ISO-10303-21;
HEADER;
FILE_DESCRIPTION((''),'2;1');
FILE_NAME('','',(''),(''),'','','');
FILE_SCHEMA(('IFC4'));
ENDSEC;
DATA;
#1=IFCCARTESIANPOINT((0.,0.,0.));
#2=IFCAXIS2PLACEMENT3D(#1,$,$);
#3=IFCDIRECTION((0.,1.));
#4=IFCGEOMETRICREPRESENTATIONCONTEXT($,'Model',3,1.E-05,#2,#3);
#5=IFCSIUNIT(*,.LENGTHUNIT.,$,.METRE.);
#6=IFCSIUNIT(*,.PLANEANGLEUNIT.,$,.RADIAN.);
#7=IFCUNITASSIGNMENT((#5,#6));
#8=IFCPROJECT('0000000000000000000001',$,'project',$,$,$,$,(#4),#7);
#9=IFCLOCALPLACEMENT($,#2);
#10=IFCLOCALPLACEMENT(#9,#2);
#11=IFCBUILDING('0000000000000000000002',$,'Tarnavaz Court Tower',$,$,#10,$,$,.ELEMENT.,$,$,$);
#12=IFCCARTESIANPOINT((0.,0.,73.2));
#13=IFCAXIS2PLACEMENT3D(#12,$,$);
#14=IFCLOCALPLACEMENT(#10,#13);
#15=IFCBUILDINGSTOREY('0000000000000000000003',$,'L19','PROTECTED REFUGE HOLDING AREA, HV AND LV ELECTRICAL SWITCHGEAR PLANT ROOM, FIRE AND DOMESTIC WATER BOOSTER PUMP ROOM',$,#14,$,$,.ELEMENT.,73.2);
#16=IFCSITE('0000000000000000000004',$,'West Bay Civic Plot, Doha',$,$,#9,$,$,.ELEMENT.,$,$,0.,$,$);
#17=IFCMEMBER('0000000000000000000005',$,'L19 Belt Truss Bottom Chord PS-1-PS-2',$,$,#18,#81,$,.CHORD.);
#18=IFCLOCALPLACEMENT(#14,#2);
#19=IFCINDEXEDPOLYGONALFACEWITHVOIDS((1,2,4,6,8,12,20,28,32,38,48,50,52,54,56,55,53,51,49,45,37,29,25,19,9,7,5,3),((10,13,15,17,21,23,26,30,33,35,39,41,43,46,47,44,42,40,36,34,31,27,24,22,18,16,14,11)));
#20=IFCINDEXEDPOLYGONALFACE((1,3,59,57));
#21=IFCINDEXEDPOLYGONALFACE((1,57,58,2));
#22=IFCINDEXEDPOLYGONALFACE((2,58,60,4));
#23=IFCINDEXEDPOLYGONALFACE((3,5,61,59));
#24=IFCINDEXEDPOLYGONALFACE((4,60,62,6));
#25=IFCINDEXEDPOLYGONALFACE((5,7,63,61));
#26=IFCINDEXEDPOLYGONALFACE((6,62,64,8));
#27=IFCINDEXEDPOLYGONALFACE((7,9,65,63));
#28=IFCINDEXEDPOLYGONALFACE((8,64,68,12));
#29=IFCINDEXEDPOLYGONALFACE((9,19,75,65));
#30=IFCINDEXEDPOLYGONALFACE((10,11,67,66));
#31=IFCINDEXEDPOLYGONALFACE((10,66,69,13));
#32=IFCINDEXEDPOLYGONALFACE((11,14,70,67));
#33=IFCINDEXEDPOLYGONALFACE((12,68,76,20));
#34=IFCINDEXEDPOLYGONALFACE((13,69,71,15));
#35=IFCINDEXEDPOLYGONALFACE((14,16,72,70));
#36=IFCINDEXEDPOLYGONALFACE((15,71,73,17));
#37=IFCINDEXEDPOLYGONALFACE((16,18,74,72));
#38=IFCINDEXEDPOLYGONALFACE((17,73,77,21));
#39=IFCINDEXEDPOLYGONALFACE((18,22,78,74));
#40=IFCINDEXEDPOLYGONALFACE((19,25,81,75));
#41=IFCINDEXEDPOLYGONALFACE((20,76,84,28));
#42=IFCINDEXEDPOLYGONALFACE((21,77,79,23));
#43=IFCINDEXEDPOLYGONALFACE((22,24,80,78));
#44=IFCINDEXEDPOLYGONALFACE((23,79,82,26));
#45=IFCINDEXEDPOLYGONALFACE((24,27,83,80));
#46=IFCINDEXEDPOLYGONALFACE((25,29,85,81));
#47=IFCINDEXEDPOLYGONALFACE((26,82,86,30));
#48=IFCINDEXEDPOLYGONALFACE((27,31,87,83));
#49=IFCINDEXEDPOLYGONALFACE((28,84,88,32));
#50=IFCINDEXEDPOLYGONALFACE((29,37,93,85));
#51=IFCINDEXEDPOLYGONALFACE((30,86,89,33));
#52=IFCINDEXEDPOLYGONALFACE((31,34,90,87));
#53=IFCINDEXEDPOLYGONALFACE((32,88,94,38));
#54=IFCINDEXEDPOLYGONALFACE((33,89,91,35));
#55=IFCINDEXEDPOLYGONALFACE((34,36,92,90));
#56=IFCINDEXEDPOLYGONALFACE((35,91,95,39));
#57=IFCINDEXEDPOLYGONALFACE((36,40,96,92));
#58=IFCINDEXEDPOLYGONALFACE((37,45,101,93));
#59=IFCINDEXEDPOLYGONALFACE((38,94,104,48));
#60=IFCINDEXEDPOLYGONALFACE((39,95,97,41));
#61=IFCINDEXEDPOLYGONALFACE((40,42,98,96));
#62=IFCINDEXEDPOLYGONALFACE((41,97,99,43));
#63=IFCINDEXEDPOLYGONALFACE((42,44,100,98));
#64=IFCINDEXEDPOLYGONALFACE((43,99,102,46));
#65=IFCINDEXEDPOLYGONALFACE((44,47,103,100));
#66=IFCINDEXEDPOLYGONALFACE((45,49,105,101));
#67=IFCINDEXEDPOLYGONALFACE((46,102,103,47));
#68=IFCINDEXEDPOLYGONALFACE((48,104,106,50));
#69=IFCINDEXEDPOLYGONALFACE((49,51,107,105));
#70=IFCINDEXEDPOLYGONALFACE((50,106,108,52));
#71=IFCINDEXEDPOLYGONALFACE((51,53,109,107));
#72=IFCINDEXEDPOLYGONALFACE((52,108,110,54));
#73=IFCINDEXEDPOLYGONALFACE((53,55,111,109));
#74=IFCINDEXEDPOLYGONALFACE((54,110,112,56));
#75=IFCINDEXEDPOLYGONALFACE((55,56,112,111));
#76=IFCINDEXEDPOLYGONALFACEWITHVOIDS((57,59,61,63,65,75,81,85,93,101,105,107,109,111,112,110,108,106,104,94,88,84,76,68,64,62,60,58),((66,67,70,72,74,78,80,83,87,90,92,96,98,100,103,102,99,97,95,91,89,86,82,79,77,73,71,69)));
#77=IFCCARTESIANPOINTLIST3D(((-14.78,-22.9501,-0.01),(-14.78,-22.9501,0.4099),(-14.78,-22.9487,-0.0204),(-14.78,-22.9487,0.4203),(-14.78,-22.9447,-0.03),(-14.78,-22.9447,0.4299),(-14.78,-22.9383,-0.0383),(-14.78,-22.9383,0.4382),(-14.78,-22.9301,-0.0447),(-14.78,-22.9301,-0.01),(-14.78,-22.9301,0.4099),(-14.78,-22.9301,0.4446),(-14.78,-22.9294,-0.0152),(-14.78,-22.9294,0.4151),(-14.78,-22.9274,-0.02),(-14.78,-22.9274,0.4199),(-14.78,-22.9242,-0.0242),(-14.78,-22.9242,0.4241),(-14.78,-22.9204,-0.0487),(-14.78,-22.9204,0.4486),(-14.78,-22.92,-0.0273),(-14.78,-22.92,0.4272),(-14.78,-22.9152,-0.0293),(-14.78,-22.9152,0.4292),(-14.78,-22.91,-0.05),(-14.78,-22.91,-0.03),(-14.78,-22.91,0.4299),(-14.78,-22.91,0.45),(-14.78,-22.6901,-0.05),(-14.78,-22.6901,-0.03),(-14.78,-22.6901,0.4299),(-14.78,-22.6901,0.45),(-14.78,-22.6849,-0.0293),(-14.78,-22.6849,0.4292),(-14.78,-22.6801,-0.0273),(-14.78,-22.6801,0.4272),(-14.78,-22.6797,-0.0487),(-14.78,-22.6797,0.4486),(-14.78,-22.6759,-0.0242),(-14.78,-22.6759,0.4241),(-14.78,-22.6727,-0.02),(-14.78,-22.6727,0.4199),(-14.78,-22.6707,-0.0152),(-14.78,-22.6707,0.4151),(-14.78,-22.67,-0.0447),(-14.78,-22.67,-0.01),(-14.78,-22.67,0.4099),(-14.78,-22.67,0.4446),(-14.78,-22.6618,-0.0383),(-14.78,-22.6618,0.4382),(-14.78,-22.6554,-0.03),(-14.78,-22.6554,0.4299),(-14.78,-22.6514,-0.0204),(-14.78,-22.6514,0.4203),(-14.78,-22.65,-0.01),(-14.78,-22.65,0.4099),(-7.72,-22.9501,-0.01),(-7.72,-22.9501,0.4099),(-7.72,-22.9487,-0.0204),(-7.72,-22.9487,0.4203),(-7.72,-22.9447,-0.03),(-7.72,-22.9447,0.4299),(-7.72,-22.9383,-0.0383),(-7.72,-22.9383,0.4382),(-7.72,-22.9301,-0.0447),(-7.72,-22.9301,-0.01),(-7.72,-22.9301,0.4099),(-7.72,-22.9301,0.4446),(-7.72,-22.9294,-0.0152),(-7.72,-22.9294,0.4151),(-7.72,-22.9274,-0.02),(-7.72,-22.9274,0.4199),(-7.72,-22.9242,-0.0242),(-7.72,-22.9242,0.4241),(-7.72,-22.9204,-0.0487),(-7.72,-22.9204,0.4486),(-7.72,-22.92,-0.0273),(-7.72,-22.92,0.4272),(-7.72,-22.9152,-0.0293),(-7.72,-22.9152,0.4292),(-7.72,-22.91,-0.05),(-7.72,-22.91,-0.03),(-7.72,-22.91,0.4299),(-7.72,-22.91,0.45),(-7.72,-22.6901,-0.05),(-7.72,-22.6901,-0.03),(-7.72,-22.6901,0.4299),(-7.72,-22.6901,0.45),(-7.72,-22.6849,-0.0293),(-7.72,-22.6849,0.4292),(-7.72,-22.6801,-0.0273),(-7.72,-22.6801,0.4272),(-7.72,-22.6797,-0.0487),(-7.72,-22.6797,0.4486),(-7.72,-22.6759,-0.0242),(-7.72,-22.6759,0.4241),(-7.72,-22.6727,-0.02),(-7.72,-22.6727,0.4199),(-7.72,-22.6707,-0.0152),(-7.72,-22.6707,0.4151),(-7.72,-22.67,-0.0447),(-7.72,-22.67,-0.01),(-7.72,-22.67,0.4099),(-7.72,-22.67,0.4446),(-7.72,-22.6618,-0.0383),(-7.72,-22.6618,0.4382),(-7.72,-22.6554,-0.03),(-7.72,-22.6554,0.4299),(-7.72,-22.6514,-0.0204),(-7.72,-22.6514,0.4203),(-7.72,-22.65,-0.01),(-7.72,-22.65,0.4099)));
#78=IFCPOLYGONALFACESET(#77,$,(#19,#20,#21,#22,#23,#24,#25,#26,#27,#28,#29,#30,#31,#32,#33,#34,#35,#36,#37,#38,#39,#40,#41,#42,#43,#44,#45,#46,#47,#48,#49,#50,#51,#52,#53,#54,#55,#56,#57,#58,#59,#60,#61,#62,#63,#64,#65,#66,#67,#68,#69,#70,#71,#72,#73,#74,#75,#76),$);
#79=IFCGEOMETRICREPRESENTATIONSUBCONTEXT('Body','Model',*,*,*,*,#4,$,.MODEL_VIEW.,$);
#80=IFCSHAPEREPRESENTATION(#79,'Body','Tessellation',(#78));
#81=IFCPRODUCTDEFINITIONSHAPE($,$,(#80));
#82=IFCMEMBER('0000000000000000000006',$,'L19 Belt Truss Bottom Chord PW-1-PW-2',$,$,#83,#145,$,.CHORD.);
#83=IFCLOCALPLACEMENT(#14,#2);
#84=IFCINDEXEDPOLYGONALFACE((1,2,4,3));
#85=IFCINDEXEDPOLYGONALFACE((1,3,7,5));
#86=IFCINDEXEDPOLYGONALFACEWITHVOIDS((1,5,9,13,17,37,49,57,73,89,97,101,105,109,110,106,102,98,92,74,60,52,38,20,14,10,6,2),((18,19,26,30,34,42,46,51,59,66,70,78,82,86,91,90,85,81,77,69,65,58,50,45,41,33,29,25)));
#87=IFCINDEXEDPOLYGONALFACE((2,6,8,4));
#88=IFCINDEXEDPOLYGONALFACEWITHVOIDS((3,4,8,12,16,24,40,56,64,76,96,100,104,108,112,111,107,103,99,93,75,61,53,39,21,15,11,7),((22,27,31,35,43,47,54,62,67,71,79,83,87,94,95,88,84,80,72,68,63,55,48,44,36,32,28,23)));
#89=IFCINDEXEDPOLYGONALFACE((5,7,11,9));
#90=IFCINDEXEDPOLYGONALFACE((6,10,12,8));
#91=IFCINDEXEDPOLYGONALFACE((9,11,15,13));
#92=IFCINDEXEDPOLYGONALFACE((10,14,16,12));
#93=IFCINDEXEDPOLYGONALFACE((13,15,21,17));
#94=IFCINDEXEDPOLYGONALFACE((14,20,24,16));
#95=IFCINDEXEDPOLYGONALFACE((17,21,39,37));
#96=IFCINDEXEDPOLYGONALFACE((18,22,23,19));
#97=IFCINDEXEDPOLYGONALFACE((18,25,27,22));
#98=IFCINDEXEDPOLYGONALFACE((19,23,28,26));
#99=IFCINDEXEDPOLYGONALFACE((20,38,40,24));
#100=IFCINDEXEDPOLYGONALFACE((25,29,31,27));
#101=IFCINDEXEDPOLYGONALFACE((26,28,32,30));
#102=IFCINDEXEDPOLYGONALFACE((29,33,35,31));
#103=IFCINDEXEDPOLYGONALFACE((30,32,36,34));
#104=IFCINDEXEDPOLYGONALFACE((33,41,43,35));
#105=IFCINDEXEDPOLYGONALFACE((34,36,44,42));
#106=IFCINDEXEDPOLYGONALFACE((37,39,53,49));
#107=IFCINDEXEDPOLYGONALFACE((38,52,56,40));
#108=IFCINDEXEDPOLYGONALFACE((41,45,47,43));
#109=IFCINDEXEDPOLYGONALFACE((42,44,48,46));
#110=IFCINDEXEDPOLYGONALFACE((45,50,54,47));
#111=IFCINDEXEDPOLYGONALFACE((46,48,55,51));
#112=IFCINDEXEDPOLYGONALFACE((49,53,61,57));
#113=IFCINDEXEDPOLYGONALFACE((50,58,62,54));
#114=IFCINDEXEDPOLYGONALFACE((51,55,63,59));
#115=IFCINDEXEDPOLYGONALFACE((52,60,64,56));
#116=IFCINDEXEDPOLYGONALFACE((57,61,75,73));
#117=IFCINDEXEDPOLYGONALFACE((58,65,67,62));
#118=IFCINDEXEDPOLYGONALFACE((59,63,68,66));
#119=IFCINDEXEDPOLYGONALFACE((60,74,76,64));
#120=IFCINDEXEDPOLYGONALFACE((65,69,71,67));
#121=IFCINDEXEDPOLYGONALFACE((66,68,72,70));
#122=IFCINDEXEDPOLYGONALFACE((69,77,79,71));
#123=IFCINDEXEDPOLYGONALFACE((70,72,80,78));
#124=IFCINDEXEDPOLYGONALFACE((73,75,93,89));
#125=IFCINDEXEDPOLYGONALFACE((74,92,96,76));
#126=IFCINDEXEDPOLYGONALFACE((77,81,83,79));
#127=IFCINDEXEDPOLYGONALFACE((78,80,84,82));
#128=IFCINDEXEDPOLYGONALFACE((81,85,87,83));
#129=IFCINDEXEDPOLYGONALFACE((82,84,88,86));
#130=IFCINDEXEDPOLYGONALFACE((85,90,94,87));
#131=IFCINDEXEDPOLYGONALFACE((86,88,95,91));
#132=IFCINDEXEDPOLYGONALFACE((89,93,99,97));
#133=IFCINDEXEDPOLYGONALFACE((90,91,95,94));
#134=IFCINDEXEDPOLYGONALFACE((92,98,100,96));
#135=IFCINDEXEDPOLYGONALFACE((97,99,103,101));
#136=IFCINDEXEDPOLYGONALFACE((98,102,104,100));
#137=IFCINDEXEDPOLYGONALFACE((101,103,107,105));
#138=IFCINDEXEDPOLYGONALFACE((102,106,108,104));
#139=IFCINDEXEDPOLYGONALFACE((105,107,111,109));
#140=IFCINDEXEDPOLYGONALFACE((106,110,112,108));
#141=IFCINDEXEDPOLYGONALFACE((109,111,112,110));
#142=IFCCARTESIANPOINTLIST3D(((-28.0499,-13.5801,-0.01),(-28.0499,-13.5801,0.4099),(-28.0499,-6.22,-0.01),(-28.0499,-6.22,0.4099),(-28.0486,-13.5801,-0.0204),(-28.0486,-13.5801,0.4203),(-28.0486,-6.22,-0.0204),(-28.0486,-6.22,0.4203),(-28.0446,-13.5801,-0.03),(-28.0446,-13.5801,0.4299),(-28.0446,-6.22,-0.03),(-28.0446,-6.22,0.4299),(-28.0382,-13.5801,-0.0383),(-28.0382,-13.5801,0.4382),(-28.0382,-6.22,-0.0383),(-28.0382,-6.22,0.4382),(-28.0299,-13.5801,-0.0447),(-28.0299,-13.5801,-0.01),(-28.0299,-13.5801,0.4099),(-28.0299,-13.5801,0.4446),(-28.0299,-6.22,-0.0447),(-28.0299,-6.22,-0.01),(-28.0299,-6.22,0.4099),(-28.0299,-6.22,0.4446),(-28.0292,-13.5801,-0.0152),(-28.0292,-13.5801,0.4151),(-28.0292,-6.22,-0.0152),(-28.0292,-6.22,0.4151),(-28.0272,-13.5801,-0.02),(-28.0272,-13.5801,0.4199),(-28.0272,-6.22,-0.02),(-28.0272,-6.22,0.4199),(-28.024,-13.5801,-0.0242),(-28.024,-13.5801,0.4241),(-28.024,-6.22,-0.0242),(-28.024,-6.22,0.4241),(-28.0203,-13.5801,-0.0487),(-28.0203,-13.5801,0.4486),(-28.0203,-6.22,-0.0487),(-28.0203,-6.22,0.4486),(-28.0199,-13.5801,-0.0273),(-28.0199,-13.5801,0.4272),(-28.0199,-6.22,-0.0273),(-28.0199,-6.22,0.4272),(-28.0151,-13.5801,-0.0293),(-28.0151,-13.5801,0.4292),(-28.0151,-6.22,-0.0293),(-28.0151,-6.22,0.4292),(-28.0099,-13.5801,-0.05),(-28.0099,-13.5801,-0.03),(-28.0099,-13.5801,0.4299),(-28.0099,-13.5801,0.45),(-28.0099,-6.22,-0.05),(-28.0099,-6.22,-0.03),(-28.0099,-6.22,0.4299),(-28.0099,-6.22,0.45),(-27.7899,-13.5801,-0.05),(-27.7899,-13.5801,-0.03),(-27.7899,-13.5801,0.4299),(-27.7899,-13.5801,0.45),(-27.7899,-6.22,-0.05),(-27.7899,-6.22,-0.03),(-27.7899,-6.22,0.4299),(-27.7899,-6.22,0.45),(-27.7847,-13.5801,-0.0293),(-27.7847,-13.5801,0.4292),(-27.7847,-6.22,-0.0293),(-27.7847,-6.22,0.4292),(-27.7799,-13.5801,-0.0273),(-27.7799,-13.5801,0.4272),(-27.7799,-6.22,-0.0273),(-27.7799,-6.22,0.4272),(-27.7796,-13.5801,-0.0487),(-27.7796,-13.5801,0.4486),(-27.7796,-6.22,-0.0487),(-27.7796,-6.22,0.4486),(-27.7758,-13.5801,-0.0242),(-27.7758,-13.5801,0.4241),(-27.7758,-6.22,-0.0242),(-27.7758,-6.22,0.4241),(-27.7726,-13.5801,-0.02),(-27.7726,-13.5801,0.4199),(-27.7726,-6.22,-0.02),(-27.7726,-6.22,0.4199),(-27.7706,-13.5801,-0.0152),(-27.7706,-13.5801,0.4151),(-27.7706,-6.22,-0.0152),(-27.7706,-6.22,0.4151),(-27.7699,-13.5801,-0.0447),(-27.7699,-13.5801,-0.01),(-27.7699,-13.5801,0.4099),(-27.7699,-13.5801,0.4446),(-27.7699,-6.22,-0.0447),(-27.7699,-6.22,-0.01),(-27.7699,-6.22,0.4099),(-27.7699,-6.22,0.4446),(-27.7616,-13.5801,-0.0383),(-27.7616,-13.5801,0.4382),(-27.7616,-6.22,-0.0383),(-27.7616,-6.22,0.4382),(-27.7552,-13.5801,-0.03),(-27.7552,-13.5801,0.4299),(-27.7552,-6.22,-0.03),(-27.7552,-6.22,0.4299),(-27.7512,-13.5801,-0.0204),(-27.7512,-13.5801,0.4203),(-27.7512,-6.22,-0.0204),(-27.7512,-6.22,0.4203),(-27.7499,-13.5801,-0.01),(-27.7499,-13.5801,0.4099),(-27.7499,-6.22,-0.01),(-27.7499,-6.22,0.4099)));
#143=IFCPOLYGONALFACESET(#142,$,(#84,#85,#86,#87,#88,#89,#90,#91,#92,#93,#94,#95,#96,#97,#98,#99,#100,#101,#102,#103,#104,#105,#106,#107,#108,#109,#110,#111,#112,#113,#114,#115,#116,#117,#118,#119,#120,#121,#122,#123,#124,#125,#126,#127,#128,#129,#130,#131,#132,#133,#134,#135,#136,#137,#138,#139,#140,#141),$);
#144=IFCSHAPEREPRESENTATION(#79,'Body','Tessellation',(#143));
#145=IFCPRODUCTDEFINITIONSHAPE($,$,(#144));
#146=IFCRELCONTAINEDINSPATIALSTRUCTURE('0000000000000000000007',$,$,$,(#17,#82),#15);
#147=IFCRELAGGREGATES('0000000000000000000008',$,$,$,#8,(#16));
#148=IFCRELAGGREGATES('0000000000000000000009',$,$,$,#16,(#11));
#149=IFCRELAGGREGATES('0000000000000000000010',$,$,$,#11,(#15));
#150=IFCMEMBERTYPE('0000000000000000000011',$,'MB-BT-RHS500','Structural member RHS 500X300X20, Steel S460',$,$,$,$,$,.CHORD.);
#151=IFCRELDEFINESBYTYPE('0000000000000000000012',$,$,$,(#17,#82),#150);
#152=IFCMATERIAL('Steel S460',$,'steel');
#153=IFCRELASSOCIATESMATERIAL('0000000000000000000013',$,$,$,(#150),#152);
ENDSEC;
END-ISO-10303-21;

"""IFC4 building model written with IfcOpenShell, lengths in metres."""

from ifc_helpers import new_model, si_unit, direction, frame, origin, origin_2d, place, context, subcontext, project, spatial, hollow_rectangle, extrude, material, material_profile, profile_set, type_object, element, save


model = new_model("IFC4")

# Units and contexts
model_context = context("Model", 3, precision=1e-05, world=origin(), true_north=direction((0.0, 1.0)))
body_context = subcontext(model_context, "Body", "Model", "MODEL_VIEW")
ifc_project = project(units=[si_unit("LENGTHUNIT", "METRE"), si_unit("PLANEANGLEUNIT", "RADIAN")], contexts=[model_context])

# Site, building, storey
site_placement = place(None, origin())
site = spatial("IfcSite", under=ifc_project, at=site_placement, Name="West Bay Civic Plot, Doha", CompositionType="ELEMENT", RefElevation=0.0)
building_placement = place(site_placement, origin())
building = spatial("IfcBuilding", under=site, at=building_placement, Name="Tarnavaz Court Tower", CompositionType="ELEMENT")
storey_placement = place(building_placement, frame((0.0, 0.0, 73.2)))
storey = spatial("IfcBuildingStorey", under=building, at=storey_placement, Name="L19", Description="PROTECTED REFUGE HOLDING AREA, HV AND LV ELECTRICAL SWITCHGEAR PLANT ROOM, FIRE AND DOMESTIC WATER BOOSTER PUMP ROOM", CompositionType="ELEMENT", Elevation=73.2)

# Shared definitions
ifc_material_1 = material(Name="Steel S460", Category="steel")

# Members
ifc_material_profile_1 = material_profile(ifc_material_1, hollow_rectangle(XDim=0.3, YDim=0.5, WallThickness=0.02, InnerFilletRadius=0.02, OuterFilletRadius=0.04, at=origin_2d()), Name="RHS 500X300X20")
ifc_profile_set_1 = profile_set([ifc_material_profile_1], Name="Steel S460")
member_type_1 = type_object("IfcMemberType", Name="MB-BT-RHS500", Description="Structural member RHS 500X300X20, Steel S460", PredefinedType="CHORD", material=ifc_profile_set_1)
member_1_placement = place(storey_placement, frame((-14.78, -22.8, 0.2), z_axis=(1.0, 0.0, 0.0), x_axis=(0.0, 1.0, 0.0)))
element("IfcMember", 1, at=member_1_placement, inside=storey, type_object=member_type_1, Name="L19 Belt Truss Bottom Chord PS-1-PS-2", PredefinedType="CHORD", context=body_context, shape_type="SweptSolid", body=[
    extrude(hollow_rectangle(XDim=0.3, YDim=0.5, WallThickness=0.02, InnerFilletRadius=0.02, OuterFilletRadius=0.04, at=origin_2d()), origin(), (0.0, 0.0, 1.0), 7.0601),
])
member_2_placement = place(storey_placement, frame((-27.8999, -13.5801, 0.2), z_axis=(0.0, 1.0, 0.0), x_axis=(-1.0, 0.0, 0.0)))
element("IfcMember", 2, at=member_2_placement, inside=storey, type_object=member_type_1, Name="L19 Belt Truss Bottom Chord PW-1-PW-2", PredefinedType="CHORD", context=body_context, shape_type="SweptSolid", body=[
    extrude(hollow_rectangle(XDim=0.3, YDim=0.5, WallThickness=0.02, InnerFilletRadius=0.02, OuterFilletRadius=0.04, at=origin_2d()), origin(), (0.0, 0.0, 1.0), 7.3601),
])

save(model, "model.ifc")
